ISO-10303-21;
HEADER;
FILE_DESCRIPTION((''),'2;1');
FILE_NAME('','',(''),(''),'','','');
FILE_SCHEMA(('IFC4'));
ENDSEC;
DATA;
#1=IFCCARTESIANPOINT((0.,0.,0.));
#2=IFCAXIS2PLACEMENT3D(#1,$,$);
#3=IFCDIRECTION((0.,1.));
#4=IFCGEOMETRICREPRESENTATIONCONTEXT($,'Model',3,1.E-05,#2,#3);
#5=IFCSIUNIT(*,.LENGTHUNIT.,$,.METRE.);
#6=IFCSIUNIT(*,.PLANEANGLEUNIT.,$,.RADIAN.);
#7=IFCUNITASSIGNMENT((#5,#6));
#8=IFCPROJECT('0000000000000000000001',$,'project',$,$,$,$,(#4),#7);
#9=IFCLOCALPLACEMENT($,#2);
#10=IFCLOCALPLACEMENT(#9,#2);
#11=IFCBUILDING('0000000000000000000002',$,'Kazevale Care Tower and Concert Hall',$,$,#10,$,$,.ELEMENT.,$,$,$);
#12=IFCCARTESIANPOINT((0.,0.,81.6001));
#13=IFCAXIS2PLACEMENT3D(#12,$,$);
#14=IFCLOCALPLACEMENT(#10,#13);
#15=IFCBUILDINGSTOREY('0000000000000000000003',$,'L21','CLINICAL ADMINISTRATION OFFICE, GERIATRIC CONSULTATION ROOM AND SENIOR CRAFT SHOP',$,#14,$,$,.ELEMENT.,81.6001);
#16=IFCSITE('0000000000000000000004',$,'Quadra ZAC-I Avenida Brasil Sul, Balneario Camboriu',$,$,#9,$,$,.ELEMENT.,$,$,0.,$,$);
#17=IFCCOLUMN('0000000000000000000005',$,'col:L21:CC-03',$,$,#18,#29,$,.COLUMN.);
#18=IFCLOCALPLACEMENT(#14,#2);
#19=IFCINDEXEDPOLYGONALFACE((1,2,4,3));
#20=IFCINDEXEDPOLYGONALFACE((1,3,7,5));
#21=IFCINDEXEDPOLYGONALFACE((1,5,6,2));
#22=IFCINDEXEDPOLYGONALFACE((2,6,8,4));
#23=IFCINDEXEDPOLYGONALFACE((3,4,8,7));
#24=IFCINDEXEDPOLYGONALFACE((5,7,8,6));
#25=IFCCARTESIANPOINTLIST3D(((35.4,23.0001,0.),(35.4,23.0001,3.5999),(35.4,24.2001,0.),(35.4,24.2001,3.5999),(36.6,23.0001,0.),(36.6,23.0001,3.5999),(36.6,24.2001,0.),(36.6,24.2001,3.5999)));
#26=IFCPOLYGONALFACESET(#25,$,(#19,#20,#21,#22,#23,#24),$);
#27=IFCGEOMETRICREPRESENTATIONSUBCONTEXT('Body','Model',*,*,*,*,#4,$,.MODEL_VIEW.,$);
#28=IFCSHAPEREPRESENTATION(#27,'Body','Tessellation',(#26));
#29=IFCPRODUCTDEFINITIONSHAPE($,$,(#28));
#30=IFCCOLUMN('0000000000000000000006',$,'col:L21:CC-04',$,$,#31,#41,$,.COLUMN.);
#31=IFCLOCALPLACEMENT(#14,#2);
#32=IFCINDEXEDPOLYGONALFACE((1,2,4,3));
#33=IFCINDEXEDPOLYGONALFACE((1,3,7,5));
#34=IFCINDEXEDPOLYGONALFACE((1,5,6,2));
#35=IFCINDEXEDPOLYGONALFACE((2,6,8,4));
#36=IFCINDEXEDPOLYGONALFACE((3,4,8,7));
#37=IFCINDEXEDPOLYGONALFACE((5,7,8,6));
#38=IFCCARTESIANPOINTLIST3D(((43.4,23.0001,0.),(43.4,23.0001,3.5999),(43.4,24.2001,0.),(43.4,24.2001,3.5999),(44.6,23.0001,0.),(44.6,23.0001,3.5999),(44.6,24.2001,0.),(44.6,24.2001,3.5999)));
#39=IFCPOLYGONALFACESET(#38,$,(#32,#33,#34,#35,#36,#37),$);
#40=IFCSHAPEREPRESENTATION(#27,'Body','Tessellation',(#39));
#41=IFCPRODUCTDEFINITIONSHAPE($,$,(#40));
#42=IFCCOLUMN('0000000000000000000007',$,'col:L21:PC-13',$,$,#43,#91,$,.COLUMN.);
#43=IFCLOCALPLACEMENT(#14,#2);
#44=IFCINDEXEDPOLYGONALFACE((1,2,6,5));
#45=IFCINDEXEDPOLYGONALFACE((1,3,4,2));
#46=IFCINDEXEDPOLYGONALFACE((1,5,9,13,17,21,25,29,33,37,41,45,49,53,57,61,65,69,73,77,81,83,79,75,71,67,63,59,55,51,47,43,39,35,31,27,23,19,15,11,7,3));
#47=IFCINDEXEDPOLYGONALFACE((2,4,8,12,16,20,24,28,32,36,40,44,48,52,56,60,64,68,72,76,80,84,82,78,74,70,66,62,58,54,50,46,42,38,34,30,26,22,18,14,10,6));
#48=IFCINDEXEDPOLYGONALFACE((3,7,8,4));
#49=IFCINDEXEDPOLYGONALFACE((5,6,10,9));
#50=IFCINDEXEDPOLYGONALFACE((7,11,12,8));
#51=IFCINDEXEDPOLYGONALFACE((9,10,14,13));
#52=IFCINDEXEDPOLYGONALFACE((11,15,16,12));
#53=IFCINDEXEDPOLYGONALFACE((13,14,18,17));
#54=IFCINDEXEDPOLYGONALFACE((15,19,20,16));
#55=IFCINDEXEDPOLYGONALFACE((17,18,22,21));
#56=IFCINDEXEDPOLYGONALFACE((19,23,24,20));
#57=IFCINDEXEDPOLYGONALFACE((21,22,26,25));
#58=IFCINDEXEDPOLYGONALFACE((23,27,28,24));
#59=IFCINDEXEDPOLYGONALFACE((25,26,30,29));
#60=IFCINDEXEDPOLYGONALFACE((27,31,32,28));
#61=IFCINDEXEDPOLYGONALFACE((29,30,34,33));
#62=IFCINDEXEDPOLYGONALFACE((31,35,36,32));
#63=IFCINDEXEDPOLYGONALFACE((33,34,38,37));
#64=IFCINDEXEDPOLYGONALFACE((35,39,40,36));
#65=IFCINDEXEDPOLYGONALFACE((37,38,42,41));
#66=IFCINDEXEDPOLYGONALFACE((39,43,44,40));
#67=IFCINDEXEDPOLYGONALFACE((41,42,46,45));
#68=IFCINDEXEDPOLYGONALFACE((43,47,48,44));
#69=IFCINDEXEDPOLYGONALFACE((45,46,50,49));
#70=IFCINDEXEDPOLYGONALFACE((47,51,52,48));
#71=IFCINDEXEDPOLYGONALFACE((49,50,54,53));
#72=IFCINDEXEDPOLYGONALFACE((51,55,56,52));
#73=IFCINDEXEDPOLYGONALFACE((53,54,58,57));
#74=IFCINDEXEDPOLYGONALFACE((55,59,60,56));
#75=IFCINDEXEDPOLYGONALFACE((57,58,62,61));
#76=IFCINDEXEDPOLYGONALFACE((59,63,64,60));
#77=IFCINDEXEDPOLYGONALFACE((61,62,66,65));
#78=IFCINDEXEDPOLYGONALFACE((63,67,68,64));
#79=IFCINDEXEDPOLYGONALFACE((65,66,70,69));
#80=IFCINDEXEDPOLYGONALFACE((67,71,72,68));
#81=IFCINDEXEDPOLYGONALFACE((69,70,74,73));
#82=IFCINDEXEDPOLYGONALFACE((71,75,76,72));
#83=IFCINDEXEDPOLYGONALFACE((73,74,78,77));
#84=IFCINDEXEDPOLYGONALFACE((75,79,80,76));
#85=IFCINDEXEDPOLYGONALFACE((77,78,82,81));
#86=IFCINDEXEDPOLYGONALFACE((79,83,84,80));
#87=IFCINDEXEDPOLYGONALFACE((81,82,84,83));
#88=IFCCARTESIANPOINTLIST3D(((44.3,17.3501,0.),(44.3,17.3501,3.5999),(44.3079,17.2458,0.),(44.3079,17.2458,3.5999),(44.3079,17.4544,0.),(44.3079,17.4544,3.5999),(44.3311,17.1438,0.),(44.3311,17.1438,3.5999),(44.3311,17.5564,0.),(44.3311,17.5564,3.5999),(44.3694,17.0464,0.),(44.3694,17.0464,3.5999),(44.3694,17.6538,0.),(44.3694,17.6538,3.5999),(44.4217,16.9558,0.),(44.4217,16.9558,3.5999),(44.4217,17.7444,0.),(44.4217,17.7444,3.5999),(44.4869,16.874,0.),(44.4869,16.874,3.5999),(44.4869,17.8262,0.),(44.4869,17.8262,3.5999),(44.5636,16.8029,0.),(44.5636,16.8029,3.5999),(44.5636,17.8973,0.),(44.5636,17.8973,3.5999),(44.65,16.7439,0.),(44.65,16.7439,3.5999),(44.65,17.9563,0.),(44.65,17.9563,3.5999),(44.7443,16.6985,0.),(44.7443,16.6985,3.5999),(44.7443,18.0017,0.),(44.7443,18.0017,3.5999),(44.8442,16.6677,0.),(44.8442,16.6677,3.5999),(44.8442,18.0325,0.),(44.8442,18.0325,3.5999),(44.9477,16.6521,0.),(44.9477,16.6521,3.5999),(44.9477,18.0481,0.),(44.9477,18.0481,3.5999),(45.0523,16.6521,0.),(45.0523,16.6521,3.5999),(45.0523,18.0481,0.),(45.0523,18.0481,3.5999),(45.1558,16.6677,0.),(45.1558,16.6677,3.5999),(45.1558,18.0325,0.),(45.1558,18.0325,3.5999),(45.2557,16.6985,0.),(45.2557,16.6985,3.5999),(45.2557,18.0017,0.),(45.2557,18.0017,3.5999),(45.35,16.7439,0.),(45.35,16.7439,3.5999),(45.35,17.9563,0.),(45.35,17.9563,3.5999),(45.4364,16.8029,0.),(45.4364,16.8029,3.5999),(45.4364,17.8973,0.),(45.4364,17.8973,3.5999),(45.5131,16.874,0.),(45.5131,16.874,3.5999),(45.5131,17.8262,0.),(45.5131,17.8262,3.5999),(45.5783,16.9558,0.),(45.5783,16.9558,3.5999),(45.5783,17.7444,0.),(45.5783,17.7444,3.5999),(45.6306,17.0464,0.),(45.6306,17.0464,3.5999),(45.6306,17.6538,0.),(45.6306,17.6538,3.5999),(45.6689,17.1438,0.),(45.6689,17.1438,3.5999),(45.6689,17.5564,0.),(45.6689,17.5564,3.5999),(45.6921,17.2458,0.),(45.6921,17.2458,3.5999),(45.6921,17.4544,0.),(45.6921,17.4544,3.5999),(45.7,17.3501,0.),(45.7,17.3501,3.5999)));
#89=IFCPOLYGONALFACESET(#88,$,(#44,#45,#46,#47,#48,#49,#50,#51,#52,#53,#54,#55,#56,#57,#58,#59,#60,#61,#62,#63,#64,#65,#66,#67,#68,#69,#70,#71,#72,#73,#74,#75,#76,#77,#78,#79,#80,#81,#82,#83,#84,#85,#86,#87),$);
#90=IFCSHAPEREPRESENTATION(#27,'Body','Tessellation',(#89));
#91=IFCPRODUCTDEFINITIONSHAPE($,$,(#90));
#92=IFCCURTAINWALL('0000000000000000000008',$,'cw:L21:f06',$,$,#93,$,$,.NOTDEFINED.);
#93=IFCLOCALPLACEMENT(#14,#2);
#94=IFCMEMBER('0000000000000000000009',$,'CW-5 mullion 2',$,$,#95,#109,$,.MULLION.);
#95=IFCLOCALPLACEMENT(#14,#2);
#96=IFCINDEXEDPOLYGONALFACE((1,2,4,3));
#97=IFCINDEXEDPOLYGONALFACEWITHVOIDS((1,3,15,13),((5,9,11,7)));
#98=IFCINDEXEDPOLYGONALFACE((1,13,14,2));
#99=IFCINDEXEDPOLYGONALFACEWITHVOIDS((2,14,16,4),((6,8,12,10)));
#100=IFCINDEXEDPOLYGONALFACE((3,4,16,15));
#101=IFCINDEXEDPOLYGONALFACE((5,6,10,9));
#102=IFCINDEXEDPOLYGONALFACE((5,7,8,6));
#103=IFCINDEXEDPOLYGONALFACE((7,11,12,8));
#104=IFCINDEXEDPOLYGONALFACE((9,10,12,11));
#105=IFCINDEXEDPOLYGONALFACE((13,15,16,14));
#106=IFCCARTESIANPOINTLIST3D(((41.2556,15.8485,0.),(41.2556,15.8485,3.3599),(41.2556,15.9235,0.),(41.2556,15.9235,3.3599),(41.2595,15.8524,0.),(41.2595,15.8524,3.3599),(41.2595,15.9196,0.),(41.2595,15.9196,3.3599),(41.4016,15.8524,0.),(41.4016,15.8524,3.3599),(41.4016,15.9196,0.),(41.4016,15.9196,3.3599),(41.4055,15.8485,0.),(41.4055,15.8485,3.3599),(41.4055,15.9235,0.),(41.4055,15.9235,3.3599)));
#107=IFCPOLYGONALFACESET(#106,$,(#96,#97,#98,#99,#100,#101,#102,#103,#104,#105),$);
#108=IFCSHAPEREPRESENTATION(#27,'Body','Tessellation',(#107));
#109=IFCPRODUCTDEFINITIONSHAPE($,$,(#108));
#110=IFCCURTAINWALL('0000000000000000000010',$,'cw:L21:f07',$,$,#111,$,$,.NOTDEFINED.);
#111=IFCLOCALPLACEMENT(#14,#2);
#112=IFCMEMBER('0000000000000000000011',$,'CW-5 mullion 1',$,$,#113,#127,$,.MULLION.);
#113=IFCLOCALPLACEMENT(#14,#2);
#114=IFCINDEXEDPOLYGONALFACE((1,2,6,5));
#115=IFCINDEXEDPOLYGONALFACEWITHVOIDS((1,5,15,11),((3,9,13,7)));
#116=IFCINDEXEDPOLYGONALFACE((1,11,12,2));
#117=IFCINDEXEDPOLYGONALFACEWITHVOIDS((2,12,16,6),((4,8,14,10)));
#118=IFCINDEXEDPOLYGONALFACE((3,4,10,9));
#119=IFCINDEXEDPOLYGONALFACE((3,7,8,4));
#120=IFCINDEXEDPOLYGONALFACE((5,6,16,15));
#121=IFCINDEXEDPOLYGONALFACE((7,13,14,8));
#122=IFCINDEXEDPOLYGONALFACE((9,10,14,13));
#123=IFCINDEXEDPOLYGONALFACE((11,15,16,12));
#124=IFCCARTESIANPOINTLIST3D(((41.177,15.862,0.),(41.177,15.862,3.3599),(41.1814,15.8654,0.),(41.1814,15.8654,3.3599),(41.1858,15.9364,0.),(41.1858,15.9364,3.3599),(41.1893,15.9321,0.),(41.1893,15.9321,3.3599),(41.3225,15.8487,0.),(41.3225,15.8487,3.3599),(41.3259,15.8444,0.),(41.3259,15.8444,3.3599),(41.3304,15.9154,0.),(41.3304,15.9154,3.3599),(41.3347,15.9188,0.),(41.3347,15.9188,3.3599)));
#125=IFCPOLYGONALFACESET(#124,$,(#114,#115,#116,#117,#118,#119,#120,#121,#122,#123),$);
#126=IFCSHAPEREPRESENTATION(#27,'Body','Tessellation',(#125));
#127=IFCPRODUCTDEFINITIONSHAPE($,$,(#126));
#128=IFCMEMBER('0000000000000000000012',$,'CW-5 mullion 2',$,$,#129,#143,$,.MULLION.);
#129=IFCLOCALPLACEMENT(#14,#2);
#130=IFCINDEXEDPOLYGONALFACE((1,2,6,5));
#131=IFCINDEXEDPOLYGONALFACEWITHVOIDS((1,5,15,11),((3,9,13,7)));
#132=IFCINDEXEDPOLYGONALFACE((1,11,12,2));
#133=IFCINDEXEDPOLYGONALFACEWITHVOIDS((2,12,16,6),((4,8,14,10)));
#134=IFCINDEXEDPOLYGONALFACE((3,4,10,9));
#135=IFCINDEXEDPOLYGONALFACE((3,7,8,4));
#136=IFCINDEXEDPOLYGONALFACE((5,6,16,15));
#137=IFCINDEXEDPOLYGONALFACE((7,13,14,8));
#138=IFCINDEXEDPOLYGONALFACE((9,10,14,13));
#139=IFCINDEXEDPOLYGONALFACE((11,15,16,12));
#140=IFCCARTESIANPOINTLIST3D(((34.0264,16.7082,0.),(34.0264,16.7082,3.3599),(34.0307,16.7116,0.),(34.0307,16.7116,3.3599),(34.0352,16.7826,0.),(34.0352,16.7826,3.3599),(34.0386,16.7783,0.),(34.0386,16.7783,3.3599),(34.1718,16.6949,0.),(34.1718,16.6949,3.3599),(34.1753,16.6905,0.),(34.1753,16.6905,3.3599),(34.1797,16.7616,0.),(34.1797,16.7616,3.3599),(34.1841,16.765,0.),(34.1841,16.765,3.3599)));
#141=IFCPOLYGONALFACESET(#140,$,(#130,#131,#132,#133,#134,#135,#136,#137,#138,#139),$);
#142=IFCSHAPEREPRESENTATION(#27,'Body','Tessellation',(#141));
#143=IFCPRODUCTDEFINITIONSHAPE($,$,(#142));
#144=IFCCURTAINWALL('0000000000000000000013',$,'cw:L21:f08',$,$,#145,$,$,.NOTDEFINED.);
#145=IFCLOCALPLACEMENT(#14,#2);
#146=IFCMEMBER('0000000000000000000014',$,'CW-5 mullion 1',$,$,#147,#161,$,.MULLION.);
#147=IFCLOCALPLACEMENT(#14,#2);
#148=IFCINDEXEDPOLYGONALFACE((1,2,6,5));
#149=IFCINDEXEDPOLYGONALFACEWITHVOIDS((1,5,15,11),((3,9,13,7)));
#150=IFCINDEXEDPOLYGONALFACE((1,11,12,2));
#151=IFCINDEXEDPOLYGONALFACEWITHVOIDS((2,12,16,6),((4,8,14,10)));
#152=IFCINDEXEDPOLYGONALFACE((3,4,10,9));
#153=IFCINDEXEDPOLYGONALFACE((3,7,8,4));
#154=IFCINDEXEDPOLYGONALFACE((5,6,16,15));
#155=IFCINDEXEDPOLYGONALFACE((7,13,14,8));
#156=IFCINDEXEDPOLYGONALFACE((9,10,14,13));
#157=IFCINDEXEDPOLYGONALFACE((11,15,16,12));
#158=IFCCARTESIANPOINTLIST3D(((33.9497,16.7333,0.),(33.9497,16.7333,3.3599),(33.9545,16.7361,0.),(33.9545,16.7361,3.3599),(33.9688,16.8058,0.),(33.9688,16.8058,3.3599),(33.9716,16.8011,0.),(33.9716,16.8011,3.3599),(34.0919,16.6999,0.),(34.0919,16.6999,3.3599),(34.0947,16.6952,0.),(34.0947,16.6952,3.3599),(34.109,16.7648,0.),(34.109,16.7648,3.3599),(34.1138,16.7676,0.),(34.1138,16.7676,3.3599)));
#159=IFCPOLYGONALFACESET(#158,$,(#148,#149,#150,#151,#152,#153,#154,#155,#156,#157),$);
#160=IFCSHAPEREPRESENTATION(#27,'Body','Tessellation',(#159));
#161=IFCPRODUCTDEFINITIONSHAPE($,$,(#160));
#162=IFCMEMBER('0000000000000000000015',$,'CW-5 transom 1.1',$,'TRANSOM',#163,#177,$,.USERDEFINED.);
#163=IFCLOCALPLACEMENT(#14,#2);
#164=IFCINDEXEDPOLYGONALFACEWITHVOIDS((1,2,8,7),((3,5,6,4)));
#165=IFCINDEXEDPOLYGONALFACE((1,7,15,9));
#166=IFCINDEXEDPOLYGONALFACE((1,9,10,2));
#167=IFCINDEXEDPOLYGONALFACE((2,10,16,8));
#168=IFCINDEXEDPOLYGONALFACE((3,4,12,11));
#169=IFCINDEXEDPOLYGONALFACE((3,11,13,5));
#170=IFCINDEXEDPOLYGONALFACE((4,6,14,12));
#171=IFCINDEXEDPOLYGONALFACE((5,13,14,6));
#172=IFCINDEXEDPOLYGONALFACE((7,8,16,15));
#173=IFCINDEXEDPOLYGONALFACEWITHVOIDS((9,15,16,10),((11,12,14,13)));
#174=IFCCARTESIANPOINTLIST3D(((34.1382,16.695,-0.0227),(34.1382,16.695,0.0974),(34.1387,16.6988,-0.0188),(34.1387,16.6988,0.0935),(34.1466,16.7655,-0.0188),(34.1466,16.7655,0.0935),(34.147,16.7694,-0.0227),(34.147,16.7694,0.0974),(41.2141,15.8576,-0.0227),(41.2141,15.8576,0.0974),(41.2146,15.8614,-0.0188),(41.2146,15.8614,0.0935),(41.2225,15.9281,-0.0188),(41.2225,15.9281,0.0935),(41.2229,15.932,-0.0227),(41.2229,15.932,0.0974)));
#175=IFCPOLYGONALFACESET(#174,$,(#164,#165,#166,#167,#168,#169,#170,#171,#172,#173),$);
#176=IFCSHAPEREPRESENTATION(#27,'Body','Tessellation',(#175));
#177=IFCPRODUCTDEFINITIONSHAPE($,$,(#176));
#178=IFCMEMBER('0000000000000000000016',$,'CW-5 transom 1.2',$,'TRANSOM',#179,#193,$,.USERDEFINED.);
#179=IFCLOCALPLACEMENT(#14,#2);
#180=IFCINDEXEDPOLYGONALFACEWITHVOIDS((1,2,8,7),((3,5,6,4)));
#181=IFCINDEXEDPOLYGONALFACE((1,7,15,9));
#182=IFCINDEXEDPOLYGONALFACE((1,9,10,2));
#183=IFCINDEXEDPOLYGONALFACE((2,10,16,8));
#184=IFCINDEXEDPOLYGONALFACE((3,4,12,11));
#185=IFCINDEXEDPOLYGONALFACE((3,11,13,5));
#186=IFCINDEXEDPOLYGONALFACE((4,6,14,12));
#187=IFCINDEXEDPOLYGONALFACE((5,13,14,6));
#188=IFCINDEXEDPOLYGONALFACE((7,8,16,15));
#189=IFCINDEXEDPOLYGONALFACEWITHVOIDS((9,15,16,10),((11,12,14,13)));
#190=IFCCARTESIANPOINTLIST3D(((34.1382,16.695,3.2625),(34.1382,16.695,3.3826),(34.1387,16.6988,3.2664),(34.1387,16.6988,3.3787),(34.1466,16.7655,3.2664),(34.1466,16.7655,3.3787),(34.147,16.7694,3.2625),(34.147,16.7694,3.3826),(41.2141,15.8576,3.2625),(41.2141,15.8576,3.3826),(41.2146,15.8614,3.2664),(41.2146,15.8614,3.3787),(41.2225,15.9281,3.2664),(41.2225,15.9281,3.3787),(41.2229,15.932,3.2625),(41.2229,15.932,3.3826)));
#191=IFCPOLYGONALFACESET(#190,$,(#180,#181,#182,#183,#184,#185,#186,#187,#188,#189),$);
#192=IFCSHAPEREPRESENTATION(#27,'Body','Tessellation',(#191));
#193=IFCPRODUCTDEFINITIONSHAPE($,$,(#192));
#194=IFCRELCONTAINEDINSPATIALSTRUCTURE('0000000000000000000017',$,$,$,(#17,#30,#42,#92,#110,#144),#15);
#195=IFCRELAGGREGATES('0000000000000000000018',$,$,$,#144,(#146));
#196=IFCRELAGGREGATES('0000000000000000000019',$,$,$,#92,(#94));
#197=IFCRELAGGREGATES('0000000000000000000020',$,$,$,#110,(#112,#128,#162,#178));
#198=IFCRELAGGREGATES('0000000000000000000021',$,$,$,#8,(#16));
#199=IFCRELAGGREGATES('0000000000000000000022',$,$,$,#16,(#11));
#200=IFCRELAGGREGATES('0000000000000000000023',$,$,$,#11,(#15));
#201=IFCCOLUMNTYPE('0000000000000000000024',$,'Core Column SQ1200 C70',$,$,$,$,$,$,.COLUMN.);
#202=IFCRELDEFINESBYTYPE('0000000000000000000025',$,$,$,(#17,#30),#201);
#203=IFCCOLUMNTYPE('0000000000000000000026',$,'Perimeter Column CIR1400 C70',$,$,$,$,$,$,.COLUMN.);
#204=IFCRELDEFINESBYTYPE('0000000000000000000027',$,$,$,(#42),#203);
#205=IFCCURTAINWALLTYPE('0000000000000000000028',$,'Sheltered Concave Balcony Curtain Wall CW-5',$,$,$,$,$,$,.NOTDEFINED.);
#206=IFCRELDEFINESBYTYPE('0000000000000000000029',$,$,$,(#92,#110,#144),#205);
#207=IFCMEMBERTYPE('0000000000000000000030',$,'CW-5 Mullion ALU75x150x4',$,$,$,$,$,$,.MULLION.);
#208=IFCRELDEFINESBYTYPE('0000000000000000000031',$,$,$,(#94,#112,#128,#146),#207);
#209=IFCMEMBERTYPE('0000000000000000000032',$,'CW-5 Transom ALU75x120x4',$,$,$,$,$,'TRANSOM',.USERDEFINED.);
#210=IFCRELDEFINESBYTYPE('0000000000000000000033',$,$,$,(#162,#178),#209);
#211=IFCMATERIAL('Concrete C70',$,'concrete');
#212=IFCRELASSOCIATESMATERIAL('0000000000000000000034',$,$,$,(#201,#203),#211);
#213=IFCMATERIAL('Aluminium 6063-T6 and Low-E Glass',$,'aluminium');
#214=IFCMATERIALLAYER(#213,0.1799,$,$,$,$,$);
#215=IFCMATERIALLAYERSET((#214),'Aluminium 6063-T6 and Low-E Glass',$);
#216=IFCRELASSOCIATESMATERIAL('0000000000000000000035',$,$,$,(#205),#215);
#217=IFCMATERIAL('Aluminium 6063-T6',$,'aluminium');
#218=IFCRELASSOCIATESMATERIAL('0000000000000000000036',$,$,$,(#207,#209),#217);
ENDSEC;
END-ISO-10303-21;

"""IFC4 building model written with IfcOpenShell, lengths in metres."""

from ifc_helpers import new_model, si_unit, direction, frame, origin, origin_2d, place, context, subcontext, project, spatial, rectangle, hollow_rectangle, circle, extrude, material, layer, layer_set, material_profile, profile_set, type_object, element, aggregate, save


model = new_model("IFC4")

# Units and contexts
model_context = context("Model", 3, precision=1e-05, world=origin(), true_north=direction((0.0, 1.0)))
body_context = subcontext(model_context, "Body", "Model", "MODEL_VIEW")
ifc_project = project(units=[si_unit("LENGTHUNIT", "METRE"), si_unit("PLANEANGLEUNIT", "RADIAN")], contexts=[model_context])

# Site, building, storey
site_placement = place(None, origin())
site = spatial("IfcSite", under=ifc_project, at=site_placement, Name="Quadra ZAC-I Avenida Brasil Sul, Balneario Camboriu", CompositionType="ELEMENT", RefElevation=0.0)
building_placement = place(site_placement, origin())
building = spatial("IfcBuilding", under=site, at=building_placement, Name="Kazevale Care Tower and Concert Hall", CompositionType="ELEMENT")
storey_placement = place(building_placement, frame((0.0, 0.0, 81.6001)))
storey = spatial("IfcBuildingStorey", under=building, at=storey_placement, Name="L21", Description="CLINICAL ADMINISTRATION OFFICE, GERIATRIC CONSULTATION ROOM AND SENIOR CRAFT SHOP", CompositionType="ELEMENT", Elevation=81.6001)

# Columns
ifc_material_1 = material(Name="Concrete C70", Category="concrete")
ifc_material_profile_1 = material_profile(ifc_material_1, rectangle(XDim=1.2, YDim=1.2, at=origin_2d()), Name="RC-SQ1200")
ifc_profile_set_1 = profile_set([ifc_material_profile_1], Name="Concrete C70")
column_type_1 = type_object("IfcColumnType", Name="Core Column SQ1200 C70", PredefinedType="COLUMN", material=ifc_profile_set_1)
for number, where, z_axis, x_axis, name in (
    (1, (36.0, 23.6001, 0.0), (0.0, 0.0, 1.0), (1.0, 0.0, 0.0), "col:L21:CC-03"),
    (2, (44.0, 23.6001, 0.0), (0.0, 0.0, 1.0), (1.0, 0.0, 0.0), "col:L21:CC-04"),
):
    element("IfcColumn", number, at=place(storey_placement, frame(where, z_axis=z_axis, x_axis=x_axis)), inside=storey, type_object=column_type_1, Name=name, PredefinedType="COLUMN", context=body_context, shape_type="SweptSolid", body=[
        extrude(rectangle(XDim=1.2, YDim=1.2, at=origin_2d()), origin(), (0.0, 0.0, 1.0), 3.5999),
    ])
ifc_material_profile_2 = material_profile(ifc_material_1, circle(Radius=0.7, at=origin_2d()), Name="RC-CIR1400")
ifc_profile_set_2 = profile_set([ifc_material_profile_2], Name="Concrete C70")
column_type_2 = type_object("IfcColumnType", Name="Perimeter Column CIR1400 C70", PredefinedType="COLUMN", material=ifc_profile_set_2)
column_placement = place(storey_placement, frame((45.0, 17.3501, 0.0), z_axis=(0.0, 0.0, 1.0), x_axis=(1.0, 0.0, 0.0)))
element("IfcColumn", 3, at=column_placement, inside=storey, type_object=column_type_2, Name="col:L21:PC-13", PredefinedType="COLUMN", context=body_context, shape_type="SweptSolid", body=[
    extrude(circle(Radius=0.7, at=origin_2d()), origin(), (0.0, 0.0, 1.0), 3.5999),
])

# Curtain wall, member
ifc_material_2 = material(Name="Aluminium 6063-T6 and Low-E Glass", Category="aluminium")
ifc_layer_1 = layer(ifc_material_2, 0.1799)
ifc_layer_set_1 = layer_set([ifc_layer_1], Name="Aluminium 6063-T6 and Low-E Glass")
curtain_wall_type = type_object("IfcCurtainWallType", Name="Sheltered Concave Balcony Curtain Wall CW-5", PredefinedType="NOTDEFINED", material=ifc_layer_set_1)
curtain_wall_1_placement = place(storey_placement, origin())
curtain_wall_1 = element("IfcCurtainWall", 4, at=curtain_wall_1_placement, inside=storey, type_object=curtain_wall_type, Name="cw:L21:f06", PredefinedType="NOTDEFINED")
ifc_material_3 = material(Name="Aluminium 6063-T6", Category="aluminium")
ifc_material_profile_3 = material_profile(ifc_material_3, hollow_rectangle(XDim=0.075, YDim=0.1499, WallThickness=0.0039, at=origin_2d()), Name="ALU75x150x4")
ifc_profile_set_3 = profile_set([ifc_material_profile_3], Name="Aluminium 6063-T6")
member_type_1 = type_object("IfcMemberType", Name="CW-5 Mullion ALU75x150x4", PredefinedType="MULLION", material=ifc_profile_set_3)
member_1_placement = place(storey_placement, frame((41.3306, 15.886, 0.0), z_axis=(0.0, 0.0, 1.0), x_axis=(0.0, -1.0, 0.0)))
member_1 = element("IfcMember", 5, at=member_1_placement, type_object=member_type_1, Name="CW-5 mullion 2", PredefinedType="MULLION", context=body_context, shape_type="SweptSolid", body=[
    extrude(hollow_rectangle(XDim=0.075, YDim=0.1499, WallThickness=0.0039, at=origin_2d()), origin(), (0.0, 0.0, 1.0), 3.3599),
])

# Curtain wall, members
curtain_wall_2_placement = place(storey_placement, origin())
curtain_wall_2 = element("IfcCurtainWall", 6, at=curtain_wall_2_placement, inside=storey, type_object=curtain_wall_type, Name="cw:L21:f07", PredefinedType="NOTDEFINED")
member_2_placement = place(storey_placement, frame((41.2559, 15.8904, 0.0), z_axis=(0.0, 0.0, 1.0), x_axis=(-0.117519, -0.993071, 0.0)))
member_2 = element("IfcMember", 7, at=member_2_placement, type_object=member_type_1, Name="CW-5 mullion 1", PredefinedType="MULLION", context=body_context, shape_type="SweptSolid", body=[
    extrude(hollow_rectangle(XDim=0.075, YDim=0.1499, WallThickness=0.0039, at=origin_2d()), origin(), (0.0, 0.0, 1.0), 3.3599),
])
member_3_placement = place(storey_placement, frame((34.1052, 16.7366, 0.0), z_axis=(0.0, 0.0, 1.0), x_axis=(-0.117519, -0.993071, 0.0)))
member_3 = element("IfcMember", 8, at=member_3_placement, type_object=member_type_1, Name="CW-5 mullion 2", PredefinedType="MULLION", context=body_context, shape_type="SweptSolid", body=[
    extrude(hollow_rectangle(XDim=0.075, YDim=0.1499, WallThickness=0.0039, at=origin_2d()), origin(), (0.0, 0.0, 1.0), 3.3599),
])

# Curtain wall, member
curtain_wall_3_placement = place(storey_placement, origin())
curtain_wall_3 = element("IfcCurtainWall", 9, at=curtain_wall_3_placement, inside=storey, type_object=curtain_wall_type, Name="cw:L21:f08", PredefinedType="NOTDEFINED")
member_4_placement = place(storey_placement, frame((34.0317, 16.7505, 0.0), z_axis=(0.0, 0.0, 1.0), x_axis=(-0.254829, -0.966986, 0.0)))
member_4 = element("IfcMember", 10, at=member_4_placement, type_object=member_type_1, Name="CW-5 mullion 1", PredefinedType="MULLION", context=body_context, shape_type="SweptSolid", body=[
    extrude(hollow_rectangle(XDim=0.075, YDim=0.1499, WallThickness=0.0039, at=origin_2d()), origin(), (0.0, 0.0, 1.0), 3.3599),
])

# Members
ifc_material_profile_4 = material_profile(ifc_material_3, hollow_rectangle(XDim=0.075, YDim=0.1201, WallThickness=0.0039, at=origin_2d()), Name="ALU75x120x4")
ifc_profile_set_4 = profile_set([ifc_material_profile_4], Name="Aluminium 6063-T6")
member_type_2 = type_object("IfcMemberType", Name="CW-5 Transom ALU75x120x4", ElementType="TRANSOM", PredefinedType="USERDEFINED", material=ifc_profile_set_4)
member_5_placement = place(storey_placement, frame((41.2185, 15.8948, 0.0374), z_axis=(-0.99307, 0.117525, 0.0), x_axis=(-0.117525, -0.99307, 0.0)))
member_5 = element("IfcMember", 11, at=member_5_placement, type_object=member_type_2, Name="CW-5 transom 1.1", ObjectType="TRANSOM", PredefinedType="USERDEFINED", context=body_context, shape_type="SweptSolid", body=[
    extrude(hollow_rectangle(XDim=0.075, YDim=0.1201, WallThickness=0.0039, at=origin_2d()), origin(), (0.0, 0.0, 1.0), 7.1252),
])
member_6_placement = place(storey_placement, frame((41.2185, 15.8948, 3.3225), z_axis=(-0.99307, 0.117525, 0.0), x_axis=(-0.117525, -0.99307, 0.0)))
member_6 = element("IfcMember", 12, at=member_6_placement, type_object=member_type_2, Name="CW-5 transom 1.2", ObjectType="TRANSOM", PredefinedType="USERDEFINED", context=body_context, shape_type="SweptSolid", body=[
    extrude(hollow_rectangle(XDim=0.075, YDim=0.1201, WallThickness=0.0039, at=origin_2d()), origin(), (0.0, 0.0, 1.0), 7.1252),
])
aggregate(curtain_wall_3, [member_4])

aggregate(curtain_wall_1, [member_1])
aggregate(curtain_wall_2, [member_2, member_3, member_5, member_6])

save(model, "model.ifc")
